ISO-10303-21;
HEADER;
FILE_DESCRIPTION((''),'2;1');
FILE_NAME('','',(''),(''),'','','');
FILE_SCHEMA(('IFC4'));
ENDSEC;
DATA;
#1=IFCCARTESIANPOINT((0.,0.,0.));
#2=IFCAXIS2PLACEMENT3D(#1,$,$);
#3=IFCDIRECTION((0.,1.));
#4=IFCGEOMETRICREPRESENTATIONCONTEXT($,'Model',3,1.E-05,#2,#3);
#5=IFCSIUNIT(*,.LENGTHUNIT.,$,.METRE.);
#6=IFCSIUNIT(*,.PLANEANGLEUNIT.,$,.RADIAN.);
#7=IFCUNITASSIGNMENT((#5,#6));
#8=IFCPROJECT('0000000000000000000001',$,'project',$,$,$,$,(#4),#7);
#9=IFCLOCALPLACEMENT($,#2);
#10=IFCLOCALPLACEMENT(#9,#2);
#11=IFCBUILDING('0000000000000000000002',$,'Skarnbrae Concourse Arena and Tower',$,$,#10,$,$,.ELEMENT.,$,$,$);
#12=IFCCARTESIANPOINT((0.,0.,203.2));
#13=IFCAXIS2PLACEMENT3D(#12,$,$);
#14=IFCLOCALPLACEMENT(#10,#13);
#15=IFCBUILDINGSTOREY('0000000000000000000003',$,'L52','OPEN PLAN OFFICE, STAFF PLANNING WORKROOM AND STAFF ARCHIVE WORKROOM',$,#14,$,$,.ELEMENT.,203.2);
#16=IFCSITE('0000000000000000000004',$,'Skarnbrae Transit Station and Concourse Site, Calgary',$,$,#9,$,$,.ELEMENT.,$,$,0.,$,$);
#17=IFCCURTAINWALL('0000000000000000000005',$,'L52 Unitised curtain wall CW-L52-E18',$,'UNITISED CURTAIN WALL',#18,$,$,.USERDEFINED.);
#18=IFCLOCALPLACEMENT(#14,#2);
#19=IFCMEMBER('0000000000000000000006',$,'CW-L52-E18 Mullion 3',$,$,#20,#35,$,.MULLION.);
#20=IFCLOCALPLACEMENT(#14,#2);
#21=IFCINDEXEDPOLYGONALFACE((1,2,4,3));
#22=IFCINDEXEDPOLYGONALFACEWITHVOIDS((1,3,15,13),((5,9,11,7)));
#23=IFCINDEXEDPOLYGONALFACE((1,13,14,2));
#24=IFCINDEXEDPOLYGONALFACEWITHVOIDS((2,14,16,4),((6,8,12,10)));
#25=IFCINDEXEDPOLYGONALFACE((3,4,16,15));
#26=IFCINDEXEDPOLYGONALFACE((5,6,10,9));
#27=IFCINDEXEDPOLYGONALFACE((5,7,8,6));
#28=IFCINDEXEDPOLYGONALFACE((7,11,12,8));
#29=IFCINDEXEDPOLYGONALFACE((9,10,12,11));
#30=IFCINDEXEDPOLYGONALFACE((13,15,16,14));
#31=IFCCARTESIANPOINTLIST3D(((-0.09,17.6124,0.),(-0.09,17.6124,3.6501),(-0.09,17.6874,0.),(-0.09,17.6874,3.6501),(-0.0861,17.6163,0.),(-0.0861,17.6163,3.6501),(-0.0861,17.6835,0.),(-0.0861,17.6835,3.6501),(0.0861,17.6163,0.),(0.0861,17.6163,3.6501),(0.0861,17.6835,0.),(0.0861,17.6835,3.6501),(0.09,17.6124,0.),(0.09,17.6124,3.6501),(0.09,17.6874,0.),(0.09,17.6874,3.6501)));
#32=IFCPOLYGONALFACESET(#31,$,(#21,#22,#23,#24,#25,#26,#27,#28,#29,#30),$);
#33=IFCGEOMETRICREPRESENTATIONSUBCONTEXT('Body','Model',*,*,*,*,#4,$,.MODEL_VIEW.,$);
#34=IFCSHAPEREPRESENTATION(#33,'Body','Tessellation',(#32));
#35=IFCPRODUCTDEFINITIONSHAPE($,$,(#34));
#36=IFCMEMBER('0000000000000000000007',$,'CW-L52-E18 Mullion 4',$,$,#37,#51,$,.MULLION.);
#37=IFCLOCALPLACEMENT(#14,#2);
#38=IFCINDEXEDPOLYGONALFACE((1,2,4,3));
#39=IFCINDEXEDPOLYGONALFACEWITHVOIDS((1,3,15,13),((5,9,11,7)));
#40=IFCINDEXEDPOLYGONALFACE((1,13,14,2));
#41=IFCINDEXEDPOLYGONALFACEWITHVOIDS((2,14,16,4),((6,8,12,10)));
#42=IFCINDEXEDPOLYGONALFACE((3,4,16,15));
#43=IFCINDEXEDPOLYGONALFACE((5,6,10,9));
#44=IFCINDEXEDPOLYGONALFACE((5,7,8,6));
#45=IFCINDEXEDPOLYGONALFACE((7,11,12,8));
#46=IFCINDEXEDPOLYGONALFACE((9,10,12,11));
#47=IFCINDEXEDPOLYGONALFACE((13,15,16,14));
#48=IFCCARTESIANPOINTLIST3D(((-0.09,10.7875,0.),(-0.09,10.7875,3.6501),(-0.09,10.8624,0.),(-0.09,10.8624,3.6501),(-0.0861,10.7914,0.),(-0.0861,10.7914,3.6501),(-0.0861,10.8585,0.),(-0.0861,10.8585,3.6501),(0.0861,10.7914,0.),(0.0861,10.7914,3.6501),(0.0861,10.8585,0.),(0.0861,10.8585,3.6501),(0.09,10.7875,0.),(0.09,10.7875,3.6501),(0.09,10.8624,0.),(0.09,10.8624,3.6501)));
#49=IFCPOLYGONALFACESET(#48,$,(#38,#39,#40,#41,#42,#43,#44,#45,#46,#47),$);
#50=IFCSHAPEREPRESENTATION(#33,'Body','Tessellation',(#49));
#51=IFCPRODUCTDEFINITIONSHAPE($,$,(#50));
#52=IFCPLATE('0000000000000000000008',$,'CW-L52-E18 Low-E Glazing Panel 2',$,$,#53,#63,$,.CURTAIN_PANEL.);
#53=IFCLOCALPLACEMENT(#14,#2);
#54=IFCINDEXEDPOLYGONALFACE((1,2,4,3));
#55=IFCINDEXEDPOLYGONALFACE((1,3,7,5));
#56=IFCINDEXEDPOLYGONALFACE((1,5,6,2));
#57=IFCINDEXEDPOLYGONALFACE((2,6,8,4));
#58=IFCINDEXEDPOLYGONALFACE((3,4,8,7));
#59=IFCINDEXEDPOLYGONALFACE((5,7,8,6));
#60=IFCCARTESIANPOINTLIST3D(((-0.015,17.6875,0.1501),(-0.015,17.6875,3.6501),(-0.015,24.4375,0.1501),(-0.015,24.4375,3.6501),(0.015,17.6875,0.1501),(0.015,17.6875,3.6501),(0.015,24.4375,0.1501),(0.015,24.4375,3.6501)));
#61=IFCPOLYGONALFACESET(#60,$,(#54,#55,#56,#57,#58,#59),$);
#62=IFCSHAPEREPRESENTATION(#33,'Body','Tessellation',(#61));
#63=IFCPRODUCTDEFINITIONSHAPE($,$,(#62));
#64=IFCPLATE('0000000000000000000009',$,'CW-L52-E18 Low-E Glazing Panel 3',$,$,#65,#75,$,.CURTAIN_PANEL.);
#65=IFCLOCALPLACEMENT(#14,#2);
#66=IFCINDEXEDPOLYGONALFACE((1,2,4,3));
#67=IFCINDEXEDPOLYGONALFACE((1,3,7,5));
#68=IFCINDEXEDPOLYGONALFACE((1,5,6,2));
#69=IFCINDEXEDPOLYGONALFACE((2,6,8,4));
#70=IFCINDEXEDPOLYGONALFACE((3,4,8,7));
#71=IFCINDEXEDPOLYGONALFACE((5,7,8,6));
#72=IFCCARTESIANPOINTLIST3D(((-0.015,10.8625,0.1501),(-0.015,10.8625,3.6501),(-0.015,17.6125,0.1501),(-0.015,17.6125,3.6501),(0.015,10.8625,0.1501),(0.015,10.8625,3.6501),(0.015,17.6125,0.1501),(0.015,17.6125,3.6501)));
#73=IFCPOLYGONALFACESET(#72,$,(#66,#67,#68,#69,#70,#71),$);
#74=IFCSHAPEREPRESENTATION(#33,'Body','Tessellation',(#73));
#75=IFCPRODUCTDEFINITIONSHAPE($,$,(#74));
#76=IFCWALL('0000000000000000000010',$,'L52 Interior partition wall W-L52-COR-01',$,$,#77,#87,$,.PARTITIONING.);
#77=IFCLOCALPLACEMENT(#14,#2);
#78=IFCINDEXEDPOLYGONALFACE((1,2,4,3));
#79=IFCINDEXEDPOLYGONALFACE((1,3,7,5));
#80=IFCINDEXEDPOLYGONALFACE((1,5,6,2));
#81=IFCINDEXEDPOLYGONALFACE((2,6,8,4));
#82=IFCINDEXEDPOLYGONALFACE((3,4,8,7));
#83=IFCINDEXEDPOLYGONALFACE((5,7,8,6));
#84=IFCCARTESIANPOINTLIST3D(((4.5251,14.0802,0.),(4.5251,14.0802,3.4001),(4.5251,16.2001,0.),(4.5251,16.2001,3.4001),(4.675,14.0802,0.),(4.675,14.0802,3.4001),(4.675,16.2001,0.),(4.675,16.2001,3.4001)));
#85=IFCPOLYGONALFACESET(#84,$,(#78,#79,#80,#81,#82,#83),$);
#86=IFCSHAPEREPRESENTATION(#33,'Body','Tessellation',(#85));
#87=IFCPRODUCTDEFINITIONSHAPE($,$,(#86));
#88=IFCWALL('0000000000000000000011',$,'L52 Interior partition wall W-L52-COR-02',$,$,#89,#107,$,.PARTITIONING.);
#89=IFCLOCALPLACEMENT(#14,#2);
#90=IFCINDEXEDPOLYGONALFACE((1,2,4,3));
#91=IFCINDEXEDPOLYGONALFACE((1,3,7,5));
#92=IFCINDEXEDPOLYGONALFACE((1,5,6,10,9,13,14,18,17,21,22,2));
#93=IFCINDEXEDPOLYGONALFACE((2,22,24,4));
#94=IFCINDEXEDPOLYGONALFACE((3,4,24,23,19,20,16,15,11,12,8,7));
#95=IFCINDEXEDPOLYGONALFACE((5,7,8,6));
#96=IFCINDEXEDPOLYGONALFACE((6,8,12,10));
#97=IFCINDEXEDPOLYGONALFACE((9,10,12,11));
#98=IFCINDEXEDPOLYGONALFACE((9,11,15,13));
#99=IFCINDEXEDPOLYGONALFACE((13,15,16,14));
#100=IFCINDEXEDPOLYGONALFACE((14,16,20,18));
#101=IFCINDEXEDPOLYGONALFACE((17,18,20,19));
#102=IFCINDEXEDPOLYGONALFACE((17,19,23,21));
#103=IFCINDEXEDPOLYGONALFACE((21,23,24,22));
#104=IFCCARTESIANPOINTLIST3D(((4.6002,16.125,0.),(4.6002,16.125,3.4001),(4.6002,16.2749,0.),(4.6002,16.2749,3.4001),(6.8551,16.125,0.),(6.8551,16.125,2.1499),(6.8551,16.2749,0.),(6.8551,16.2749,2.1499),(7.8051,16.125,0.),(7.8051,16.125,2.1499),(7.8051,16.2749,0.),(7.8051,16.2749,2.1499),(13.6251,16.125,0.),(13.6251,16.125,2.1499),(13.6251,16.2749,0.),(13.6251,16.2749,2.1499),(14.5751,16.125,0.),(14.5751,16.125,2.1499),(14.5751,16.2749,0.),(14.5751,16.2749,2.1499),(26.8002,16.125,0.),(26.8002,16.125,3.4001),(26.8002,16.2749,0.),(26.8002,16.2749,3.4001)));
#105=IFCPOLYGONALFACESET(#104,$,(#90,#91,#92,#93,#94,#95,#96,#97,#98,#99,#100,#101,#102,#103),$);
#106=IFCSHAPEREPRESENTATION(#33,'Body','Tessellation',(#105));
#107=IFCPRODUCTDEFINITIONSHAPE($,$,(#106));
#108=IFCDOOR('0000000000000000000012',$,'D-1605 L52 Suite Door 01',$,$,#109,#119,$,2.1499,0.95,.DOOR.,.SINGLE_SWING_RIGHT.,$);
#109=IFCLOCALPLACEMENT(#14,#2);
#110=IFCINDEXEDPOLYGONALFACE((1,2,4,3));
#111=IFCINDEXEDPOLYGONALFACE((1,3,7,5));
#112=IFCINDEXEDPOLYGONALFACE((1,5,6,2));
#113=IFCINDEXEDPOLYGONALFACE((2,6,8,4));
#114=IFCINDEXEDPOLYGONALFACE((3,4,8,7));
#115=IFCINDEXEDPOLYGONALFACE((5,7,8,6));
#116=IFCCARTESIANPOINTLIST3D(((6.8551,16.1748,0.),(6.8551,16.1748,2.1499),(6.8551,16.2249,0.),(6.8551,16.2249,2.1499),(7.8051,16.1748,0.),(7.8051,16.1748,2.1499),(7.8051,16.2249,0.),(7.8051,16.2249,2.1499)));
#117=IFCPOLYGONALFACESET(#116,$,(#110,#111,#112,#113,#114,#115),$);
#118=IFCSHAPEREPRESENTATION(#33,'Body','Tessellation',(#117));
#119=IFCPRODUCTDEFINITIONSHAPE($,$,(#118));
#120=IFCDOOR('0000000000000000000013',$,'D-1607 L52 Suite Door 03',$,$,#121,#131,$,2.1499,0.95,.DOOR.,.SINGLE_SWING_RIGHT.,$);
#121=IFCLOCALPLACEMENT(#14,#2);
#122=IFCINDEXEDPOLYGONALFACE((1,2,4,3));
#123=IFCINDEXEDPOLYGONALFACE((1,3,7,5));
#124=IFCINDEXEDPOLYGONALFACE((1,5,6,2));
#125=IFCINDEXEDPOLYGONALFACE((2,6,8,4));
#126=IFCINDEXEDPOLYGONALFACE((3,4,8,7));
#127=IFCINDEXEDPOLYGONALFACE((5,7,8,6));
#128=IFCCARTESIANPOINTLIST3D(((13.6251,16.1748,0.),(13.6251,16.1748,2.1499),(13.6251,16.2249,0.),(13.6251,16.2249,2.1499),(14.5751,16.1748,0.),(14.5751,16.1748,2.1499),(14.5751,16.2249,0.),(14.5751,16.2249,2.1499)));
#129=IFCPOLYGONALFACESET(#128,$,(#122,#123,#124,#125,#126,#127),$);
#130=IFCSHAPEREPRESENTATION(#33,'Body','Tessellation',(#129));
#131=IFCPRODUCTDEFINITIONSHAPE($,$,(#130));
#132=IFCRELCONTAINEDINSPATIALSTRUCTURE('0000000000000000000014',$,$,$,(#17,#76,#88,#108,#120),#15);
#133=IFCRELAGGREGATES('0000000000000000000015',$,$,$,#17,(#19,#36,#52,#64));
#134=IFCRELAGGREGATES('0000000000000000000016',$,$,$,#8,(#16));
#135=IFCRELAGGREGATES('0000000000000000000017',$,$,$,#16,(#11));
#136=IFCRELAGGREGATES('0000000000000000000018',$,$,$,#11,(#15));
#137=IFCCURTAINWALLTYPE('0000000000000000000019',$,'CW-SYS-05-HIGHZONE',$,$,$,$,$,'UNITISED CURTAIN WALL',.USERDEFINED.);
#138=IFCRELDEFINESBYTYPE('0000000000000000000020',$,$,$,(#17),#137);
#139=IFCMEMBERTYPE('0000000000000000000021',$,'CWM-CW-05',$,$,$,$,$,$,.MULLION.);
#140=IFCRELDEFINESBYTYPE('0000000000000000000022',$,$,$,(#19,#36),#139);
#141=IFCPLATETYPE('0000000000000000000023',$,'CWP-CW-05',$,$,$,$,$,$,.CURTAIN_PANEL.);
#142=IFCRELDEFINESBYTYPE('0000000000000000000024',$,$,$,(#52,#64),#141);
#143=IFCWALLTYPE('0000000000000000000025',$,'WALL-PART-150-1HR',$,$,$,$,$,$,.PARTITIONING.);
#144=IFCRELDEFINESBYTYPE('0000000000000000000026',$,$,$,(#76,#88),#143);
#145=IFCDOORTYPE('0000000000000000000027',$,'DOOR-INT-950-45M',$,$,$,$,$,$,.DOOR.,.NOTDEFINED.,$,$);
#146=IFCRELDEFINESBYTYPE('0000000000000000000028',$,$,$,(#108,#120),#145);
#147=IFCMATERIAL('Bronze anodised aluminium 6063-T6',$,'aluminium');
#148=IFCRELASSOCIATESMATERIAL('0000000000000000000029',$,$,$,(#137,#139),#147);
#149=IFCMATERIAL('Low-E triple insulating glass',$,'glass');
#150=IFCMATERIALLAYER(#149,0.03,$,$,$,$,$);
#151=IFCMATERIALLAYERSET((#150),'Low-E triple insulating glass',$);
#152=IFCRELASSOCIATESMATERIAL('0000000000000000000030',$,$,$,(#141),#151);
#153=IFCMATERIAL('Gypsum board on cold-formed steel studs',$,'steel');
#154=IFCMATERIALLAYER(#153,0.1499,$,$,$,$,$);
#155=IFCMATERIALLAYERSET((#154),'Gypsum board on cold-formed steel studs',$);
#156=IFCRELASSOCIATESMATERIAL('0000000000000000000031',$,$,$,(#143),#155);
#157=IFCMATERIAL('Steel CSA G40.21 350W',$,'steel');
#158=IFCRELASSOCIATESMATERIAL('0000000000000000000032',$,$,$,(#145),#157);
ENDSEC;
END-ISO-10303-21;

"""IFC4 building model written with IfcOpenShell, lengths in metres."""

from ifc_helpers import new_model, si_unit, direction, frame, frame_2d, origin, origin_2d, place, context, subcontext, project, spatial, rectangle, hollow_rectangle, extrude, source, transform, mapped, material, layer, layer_set, material_profile, profile_set, type_object, element, fill, aggregate, save


model = new_model("IFC4")

# Units and contexts
model_context = context("Model", 3, precision=1e-05, world=origin(), true_north=direction((0.0, 1.0)))
body_context = subcontext(model_context, "Body", "Model", "MODEL_VIEW")
ifc_project = project(units=[si_unit("LENGTHUNIT", "METRE"), si_unit("PLANEANGLEUNIT", "RADIAN")], contexts=[model_context])

# Site, building, storey
site_placement = place(None, origin())
site = spatial("IfcSite", under=ifc_project, at=site_placement, Name="Skarnbrae Transit Station and Concourse Site, Calgary", CompositionType="ELEMENT", RefElevation=0.0)
building_placement = place(site_placement, origin())
building = spatial("IfcBuilding", under=site, at=building_placement, Name="Skarnbrae Concourse Arena and Tower", CompositionType="ELEMENT")
storey_placement = place(building_placement, frame((0.0, 0.0, 203.2)))
storey = spatial("IfcBuildingStorey", under=building, at=storey_placement, Name="L52", Description="OPEN PLAN OFFICE, STAFF PLANNING WORKROOM AND STAFF ARCHIVE WORKROOM", CompositionType="ELEMENT", Elevation=203.2)

# Shared definitions
ifc_material_1 = material(Name="Steel CSA G40.21 350W", Category="steel")

# Curtain wall, members, plates
ifc_material_2 = material(Name="Bronze anodised aluminium 6063-T6", Category="aluminium")
curtain_wall_type = type_object("IfcCurtainWallType", Name="CW-SYS-05-HIGHZONE", ElementType="UNITISED CURTAIN WALL", PredefinedType="USERDEFINED", material=ifc_material_2)
curtain_wall_placement = place(storey_placement, origin())
curtain_wall = element("IfcCurtainWall", 1, at=curtain_wall_placement, inside=storey, type_object=curtain_wall_type, Name="L52 Unitised curtain wall CW-L52-E18", ObjectType="UNITISED CURTAIN WALL", PredefinedType="USERDEFINED")
ifc_material_profile_1 = material_profile(ifc_material_2, hollow_rectangle(XDim=0.075, YDim=0.1799, WallThickness=0.0039, at=origin_2d()), Name="ALU-MULL-75X180")
ifc_profile_set_1 = profile_set([ifc_material_profile_1], Name="Bronze anodised aluminium 6063-T6")
member_type_1 = type_object("IfcMemberType", Name="CWM-CW-05", PredefinedType="MULLION", material=ifc_profile_set_1)
shared_shape_1 = source(origin(), body_context, "Body", "SweptSolid", [
    extrude(hollow_rectangle(XDim=0.075, YDim=0.1799, WallThickness=0.0039, at=origin_2d()), origin(), (0.0, 0.0, 1.0), 3.6501),
])
member_1_placement = place(storey_placement, frame((0.0, 17.6499, 0.0), z_axis=(0.0, 0.0, 1.0), x_axis=(0.0, -1.0, 0.0)))
member_1 = element("IfcMember", 2, at=member_1_placement, type_object=member_type_1, Name="CW-L52-E18 Mullion 3", PredefinedType="MULLION", context=body_context, shape_type="MappedRepresentation", body=[
    mapped(shared_shape_1, transform((0.0, 0.0, 0.0))),
])
member_2_placement = place(storey_placement, frame((0.0, 10.825, 0.0), z_axis=(0.0, 0.0, 1.0), x_axis=(0.0, -1.0, 0.0)))
member_2 = element("IfcMember", 3, at=member_2_placement, type_object=member_type_1, Name="CW-L52-E18 Mullion 4", PredefinedType="MULLION", context=body_context, shape_type="MappedRepresentation", body=[
    mapped(shared_shape_1, transform((0.0, 0.0, 0.0))),
])
ifc_material_3 = material(Name="Low-E triple insulating glass", Category="glass")
ifc_layer_1 = layer(ifc_material_3, 0.03)
ifc_layer_set_1 = layer_set([ifc_layer_1], Name="Low-E triple insulating glass")
plate_type = type_object("IfcPlateType", Name="CWP-CW-05", PredefinedType="CURTAIN_PANEL", material=ifc_layer_set_1)
shared_shape_2 = source(origin(), body_context, "Body", "SweptSolid", [
    extrude(rectangle(XDim=6.75, YDim=0.03, at=origin_2d()), origin(), (0.0, 0.0, 1.0), 3.5),
])
plate_1_placement = place(storey_placement, frame((0.0, 21.0625, 0.1501), z_axis=(0.0, 0.0, 1.0), x_axis=(0.0, -1.0, 0.0)))
plate_1 = element("IfcPlate", 4, at=plate_1_placement, type_object=plate_type, Name="CW-L52-E18 Low-E Glazing Panel 2", PredefinedType="CURTAIN_PANEL", context=body_context, shape_type="MappedRepresentation", body=[
    mapped(shared_shape_2, transform((0.0, 0.0, 0.0))),
])
plate_2_placement = place(storey_placement, frame((0.0, 14.2375, 0.1501), z_axis=(0.0, 0.0, 1.0), x_axis=(0.0, -1.0, 0.0)))
plate_2 = element("IfcPlate", 5, at=plate_2_placement, type_object=plate_type, Name="CW-L52-E18 Low-E Glazing Panel 3", PredefinedType="CURTAIN_PANEL", context=body_context, shape_type="MappedRepresentation", body=[
    mapped(shared_shape_2, transform((0.0, 0.0, 0.0))),
])
aggregate(curtain_wall, [member_1, member_2, plate_1, plate_2])

# Wall
ifc_material_4 = material(Name="Gypsum board on cold-formed steel studs", Category="steel")
ifc_layer_2 = layer(ifc_material_4, 0.1499)
ifc_layer_set_2 = layer_set([ifc_layer_2], Name="Gypsum board on cold-formed steel studs")
wall_type_1 = type_object("IfcWallType", Name="WALL-PART-150-1HR", PredefinedType="PARTITIONING", material=ifc_layer_set_2)
shared_shape_3 = source(origin(), body_context, "Body", "SweptSolid", [
    extrude(rectangle(XDim=2.1199, YDim=0.1499, at=frame_2d((1.0601, 0.0))), origin(), (0.0, 0.0, 1.0), 3.4001),
])
wall_1_placement = place(storey_placement, frame((4.6001, 14.0801, 0.0), z_axis=(0.0, 0.0, 1.0), x_axis=(0.0, 1.0, 0.0)))
element("IfcWall", 6, at=wall_1_placement, inside=storey, type_object=wall_type_1, Name="L52 Interior partition wall W-L52-COR-01", PredefinedType="PARTITIONING", context=body_context, shape_type="MappedRepresentation", body=[
    mapped(shared_shape_3, transform((0.0, 0.0, 0.0))),
])

# Wall, openings, doors
shared_shape_4 = source(origin(), body_context, "Body", "SweptSolid", [
    extrude(rectangle(XDim=22.2, YDim=0.1499, at=frame_2d((11.1001, 0.0))), origin(), (0.0, 0.0, 1.0), 3.4001),
])
wall_2_placement = place(storey_placement, frame((4.6001, 16.2, 0.0), z_axis=(0.0, 0.0, 1.0), x_axis=(1.0, 0.0, 0.0)))
wall_2 = element("IfcWall", 7, at=wall_2_placement, inside=storey, type_object=wall_type_1, Name="L52 Interior partition wall W-L52-COR-02", PredefinedType="PARTITIONING", context=body_context, shape_type="MappedRepresentation", body=[
    mapped(shared_shape_4, transform((0.0, 0.0, 0.0))),
])
opening_1_placement = place(wall_2_placement, frame((2.2549, 0.0, 0.0)))
opening_1 = element("IfcOpeningElement", 8, at=opening_1_placement, cuts=wall_2, PredefinedType="OPENING", context=body_context, shape_type="SweptSolid", body=[
    extrude(rectangle(XDim=0.95, YDim=2.1499, at=frame_2d((0.4751, 1.075))), frame((0.0, 0.085, 0.0), z_axis=(0.0, -1.0, 0.0), x_axis=(1.0, 0.0, 0.0)), (0.0, 0.0, 1.0), 0.1699),
])
opening_2_placement = place(wall_2_placement, frame((9.0249, 0.0, 0.0)))
opening_2 = element("IfcOpeningElement", 9, at=opening_2_placement, cuts=wall_2, PredefinedType="OPENING", context=body_context, shape_type="SweptSolid", body=[
    extrude(rectangle(XDim=0.95, YDim=2.1499, at=frame_2d((0.4751, 1.075))), frame((0.0, 0.085, 0.0), z_axis=(0.0, -1.0, 0.0), x_axis=(1.0, 0.0, 0.0)), (0.0, 0.0, 1.0), 0.1699),
])
door_type_1 = type_object("IfcDoorType", Name="DOOR-INT-950-45M", OperationType="NOTDEFINED", PredefinedType="DOOR", material=ifc_material_1)
shared_shape_5 = source(origin(), body_context, "Body", "SweptSolid", [
    extrude(rectangle(XDim=0.95, YDim=2.1499, at=frame_2d((0.4751, 1.075))), frame((0.0, 0.0249, 0.0), z_axis=(0.0, -1.0, 0.0), x_axis=(1.0, 0.0, 0.0)), (0.0, 0.0, 1.0), 0.05),
])
door_1_placement = place(opening_1_placement, origin())
door_1 = element("IfcDoor", 10, at=door_1_placement, inside=storey, type_object=door_type_1, Name="D-1605 L52 Suite Door 01", OperationType="SINGLE_SWING_RIGHT", OverallHeight=2.1499, OverallWidth=0.95, PredefinedType="DOOR", context=body_context, shape_type="MappedRepresentation", body=[
    mapped(shared_shape_5, transform((0.0, 0.0, 0.0))),
])
fill(opening_1, door_1)
door_2_placement = place(opening_2_placement, origin())
door_2 = element("IfcDoor", 11, at=door_2_placement, inside=storey, type_object=door_type_1, Name="D-1607 L52 Suite Door 03", OperationType="SINGLE_SWING_RIGHT", OverallHeight=2.1499, OverallWidth=0.95, PredefinedType="DOOR", context=body_context, shape_type="MappedRepresentation", body=[
    mapped(shared_shape_5, transform((0.0, 0.0, 0.0))),
])
fill(opening_2, door_2)

save(model, "model.ifc")
